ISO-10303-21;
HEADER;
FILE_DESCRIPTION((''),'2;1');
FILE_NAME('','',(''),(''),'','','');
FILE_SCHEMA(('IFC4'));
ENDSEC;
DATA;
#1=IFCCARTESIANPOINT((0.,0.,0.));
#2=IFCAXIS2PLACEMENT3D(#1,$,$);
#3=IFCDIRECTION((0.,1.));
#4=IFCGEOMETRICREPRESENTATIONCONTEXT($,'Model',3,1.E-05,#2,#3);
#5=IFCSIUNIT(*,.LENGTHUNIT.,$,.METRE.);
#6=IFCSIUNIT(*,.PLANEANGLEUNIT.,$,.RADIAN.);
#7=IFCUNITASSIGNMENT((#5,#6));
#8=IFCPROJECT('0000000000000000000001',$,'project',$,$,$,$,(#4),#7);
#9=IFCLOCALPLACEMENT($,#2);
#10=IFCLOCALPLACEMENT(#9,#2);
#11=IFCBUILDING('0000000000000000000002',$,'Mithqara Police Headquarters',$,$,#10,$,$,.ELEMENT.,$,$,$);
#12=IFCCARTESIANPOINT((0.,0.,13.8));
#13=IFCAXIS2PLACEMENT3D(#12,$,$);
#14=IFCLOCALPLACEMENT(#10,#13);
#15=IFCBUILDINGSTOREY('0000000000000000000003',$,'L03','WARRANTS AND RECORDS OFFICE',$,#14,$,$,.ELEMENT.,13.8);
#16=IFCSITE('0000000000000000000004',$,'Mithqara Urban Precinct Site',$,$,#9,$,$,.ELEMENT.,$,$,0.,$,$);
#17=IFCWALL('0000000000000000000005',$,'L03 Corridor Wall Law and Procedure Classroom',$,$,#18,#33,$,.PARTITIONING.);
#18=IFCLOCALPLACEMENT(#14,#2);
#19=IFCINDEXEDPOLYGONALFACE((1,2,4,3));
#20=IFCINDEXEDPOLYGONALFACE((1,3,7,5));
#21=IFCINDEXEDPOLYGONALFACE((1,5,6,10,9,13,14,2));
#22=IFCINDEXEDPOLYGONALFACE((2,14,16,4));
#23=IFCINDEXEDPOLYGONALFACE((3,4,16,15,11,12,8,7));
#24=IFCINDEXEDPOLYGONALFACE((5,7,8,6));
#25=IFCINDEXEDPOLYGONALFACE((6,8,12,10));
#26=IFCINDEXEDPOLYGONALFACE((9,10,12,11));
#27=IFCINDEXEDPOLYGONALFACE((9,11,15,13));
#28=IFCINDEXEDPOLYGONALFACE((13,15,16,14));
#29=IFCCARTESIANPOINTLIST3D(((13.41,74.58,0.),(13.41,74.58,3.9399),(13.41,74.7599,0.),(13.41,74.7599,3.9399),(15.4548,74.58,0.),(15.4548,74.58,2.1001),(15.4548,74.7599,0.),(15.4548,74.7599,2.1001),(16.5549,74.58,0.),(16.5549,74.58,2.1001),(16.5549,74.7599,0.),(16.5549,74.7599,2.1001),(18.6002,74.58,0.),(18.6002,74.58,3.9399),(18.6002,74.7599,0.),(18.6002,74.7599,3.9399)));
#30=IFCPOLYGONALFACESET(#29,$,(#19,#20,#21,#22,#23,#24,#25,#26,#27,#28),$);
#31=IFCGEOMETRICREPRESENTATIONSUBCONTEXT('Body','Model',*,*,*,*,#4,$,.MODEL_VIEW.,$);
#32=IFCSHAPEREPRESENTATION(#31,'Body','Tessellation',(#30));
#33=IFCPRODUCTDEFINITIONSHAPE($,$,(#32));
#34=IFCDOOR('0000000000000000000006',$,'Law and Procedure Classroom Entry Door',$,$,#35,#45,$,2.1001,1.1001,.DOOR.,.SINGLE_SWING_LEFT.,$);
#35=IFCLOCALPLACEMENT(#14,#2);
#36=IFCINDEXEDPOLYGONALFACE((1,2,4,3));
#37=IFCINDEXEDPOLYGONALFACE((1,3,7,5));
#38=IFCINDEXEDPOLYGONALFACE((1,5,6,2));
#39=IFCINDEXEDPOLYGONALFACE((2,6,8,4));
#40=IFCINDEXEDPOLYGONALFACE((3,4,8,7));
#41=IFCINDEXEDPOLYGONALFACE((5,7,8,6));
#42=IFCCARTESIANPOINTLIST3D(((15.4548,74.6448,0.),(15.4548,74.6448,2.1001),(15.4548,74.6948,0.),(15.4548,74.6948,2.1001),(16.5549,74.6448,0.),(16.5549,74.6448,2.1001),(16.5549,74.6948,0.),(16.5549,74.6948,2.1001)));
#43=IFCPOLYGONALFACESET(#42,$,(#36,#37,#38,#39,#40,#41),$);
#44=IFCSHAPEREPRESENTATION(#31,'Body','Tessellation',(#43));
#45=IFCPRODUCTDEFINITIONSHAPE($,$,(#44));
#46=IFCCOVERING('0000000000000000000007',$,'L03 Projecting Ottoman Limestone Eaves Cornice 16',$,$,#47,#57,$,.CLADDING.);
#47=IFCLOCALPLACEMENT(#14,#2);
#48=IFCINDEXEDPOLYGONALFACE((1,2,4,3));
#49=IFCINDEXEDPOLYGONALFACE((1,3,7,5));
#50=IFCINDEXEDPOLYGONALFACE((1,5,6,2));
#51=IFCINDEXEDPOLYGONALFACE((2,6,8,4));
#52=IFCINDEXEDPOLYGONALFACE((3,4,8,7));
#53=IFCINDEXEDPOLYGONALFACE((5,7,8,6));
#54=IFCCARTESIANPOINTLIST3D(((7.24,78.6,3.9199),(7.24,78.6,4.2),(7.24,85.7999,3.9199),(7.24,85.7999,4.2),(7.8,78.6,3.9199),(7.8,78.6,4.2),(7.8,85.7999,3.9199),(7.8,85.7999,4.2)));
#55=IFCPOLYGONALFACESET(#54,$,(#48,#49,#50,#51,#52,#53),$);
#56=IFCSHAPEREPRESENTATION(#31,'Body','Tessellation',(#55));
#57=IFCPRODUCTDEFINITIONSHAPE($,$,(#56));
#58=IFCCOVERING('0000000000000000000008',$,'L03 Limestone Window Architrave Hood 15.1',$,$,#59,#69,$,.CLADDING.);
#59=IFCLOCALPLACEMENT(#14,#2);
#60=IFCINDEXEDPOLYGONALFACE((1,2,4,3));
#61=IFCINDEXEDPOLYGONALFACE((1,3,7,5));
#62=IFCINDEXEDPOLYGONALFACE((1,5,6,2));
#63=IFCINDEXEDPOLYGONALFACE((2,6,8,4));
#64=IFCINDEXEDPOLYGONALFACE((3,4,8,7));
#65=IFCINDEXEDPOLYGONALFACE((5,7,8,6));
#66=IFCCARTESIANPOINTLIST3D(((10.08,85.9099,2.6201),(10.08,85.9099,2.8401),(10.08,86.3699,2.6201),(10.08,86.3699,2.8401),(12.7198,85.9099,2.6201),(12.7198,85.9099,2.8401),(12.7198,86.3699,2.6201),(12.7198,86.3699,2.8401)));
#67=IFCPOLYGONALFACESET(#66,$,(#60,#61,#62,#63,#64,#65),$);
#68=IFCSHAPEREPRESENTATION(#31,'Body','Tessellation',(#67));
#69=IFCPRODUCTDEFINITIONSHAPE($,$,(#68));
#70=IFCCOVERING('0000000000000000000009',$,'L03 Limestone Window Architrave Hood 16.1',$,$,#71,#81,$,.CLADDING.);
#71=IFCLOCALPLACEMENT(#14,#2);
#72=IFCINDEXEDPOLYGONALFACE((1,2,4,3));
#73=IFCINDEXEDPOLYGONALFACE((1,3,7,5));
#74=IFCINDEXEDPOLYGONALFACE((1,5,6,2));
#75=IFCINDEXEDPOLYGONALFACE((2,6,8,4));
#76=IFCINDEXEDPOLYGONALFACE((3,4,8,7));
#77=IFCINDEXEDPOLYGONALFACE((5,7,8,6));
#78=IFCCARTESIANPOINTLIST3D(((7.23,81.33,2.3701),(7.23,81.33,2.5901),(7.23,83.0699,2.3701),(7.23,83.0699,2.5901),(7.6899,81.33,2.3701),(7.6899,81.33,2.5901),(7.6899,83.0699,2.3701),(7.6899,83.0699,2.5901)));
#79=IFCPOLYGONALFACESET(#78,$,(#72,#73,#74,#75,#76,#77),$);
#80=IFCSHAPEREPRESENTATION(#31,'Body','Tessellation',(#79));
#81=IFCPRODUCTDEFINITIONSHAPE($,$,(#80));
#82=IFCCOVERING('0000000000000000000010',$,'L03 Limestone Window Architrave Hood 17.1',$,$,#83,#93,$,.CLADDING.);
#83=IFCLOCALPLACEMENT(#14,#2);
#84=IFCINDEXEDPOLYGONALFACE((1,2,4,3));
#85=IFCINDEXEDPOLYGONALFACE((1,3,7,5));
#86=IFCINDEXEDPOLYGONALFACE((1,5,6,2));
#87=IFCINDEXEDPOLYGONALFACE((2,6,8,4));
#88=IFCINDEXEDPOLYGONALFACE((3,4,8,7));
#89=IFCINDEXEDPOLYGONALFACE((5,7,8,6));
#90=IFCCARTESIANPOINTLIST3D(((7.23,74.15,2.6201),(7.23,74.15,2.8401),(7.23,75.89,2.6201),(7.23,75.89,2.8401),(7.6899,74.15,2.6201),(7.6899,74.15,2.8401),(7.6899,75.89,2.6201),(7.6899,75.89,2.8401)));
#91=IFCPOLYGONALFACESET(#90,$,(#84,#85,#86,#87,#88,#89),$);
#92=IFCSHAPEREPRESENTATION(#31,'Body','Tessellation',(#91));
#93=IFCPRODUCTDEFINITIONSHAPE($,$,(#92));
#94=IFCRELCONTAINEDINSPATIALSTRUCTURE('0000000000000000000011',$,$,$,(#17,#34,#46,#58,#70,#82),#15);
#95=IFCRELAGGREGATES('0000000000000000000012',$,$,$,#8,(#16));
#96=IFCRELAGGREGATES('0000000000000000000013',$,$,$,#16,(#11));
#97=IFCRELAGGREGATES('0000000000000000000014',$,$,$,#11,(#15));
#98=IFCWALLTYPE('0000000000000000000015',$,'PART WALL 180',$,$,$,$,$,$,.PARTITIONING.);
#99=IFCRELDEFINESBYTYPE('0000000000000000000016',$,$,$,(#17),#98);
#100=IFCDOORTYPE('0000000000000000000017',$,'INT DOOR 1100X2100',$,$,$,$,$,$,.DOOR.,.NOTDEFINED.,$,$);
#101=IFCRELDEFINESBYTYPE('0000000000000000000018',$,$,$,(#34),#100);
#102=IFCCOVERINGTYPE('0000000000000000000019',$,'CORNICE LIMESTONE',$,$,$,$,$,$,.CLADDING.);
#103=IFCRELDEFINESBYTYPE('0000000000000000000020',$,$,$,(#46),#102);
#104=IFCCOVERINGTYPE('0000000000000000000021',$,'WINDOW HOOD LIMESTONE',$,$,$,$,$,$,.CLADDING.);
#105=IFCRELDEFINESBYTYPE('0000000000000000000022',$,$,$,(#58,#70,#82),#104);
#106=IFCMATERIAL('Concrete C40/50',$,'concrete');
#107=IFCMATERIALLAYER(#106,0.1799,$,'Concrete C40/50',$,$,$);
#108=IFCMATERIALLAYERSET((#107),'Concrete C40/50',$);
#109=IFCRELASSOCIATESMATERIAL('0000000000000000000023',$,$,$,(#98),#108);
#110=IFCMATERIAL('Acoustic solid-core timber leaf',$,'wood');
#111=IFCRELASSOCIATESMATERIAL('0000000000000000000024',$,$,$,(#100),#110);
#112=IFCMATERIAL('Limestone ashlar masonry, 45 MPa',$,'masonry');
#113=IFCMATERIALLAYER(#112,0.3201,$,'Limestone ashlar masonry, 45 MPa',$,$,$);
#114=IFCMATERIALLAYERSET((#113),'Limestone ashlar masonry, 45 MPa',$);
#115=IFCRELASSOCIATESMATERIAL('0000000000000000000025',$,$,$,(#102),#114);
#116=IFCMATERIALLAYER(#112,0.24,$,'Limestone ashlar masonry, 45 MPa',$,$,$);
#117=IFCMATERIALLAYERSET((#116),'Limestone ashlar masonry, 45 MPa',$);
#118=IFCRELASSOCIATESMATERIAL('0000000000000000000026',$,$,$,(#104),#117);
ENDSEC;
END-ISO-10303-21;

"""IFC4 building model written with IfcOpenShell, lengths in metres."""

from ifc_helpers import new_model, si_unit, direction, frame, frame_2d, origin, origin_2d, place, context, subcontext, project, spatial, rectangle, extrude, material, layer, layer_set, type_object, element, fill, save


model = new_model("IFC4")

# Units and contexts
model_context = context("Model", 3, precision=1e-05, world=origin(), true_north=direction((0.0, 1.0)))
body_context = subcontext(model_context, "Body", "Model", "MODEL_VIEW")
ifc_project = project(units=[si_unit("LENGTHUNIT", "METRE"), si_unit("PLANEANGLEUNIT", "RADIAN")], contexts=[model_context])

# Site, building, storey
site_placement = place(None, origin())
site = spatial("IfcSite", under=ifc_project, at=site_placement, Name="Mithqara Urban Precinct Site", CompositionType="ELEMENT", RefElevation=0.0)
building_placement = place(site_placement, origin())
building = spatial("IfcBuilding", under=site, at=building_placement, Name="Mithqara Police Headquarters", CompositionType="ELEMENT")
storey_placement = place(building_placement, frame((0.0, 0.0, 13.8)))
storey = spatial("IfcBuildingStorey", under=building, at=storey_placement, Name="L03", Description="WARRANTS AND RECORDS OFFICE", CompositionType="ELEMENT", Elevation=13.8)

# Shared definitions
ifc_material_1 = material(Name="Concrete C40/50", Category="concrete")

# Shared definitions
ifc_layer_1 = layer(ifc_material_1, 0.1799, Name="Concrete C40/50")
ifc_layer_set_1 = layer_set([ifc_layer_1], Name="Concrete C40/50")
wall_type_1 = type_object("IfcWallType", Name="PART WALL 180", PredefinedType="PARTITIONING", material=ifc_layer_set_1)
ifc_material_2 = material(Name="Acoustic solid-core timber leaf", Category="wood")

# Wall, opening, door
wall_1_placement = place(storey_placement, frame((13.4099, 74.6699, 0.0), z_axis=(0.0, 0.0, 1.0), x_axis=(1.0, 0.0, 0.0)))
wall_1 = element("IfcWall", 1, at=wall_1_placement, inside=storey, type_object=wall_type_1, Name="L03 Corridor Wall Law and Procedure Classroom", PredefinedType="PARTITIONING", context=body_context, shape_type="SweptSolid", body=[
    extrude(rectangle(XDim=5.1902, YDim=0.1799, at=frame_2d((2.5952, 0.0))), origin(), (0.0, 0.0, 1.0), 3.9399),
])
opening_1_placement = place(wall_1_placement, frame((2.0449, 0.0, 0.0)))
opening_1 = element("IfcOpeningElement", 2, at=opening_1_placement, cuts=wall_1, PredefinedType="OPENING", context=body_context, shape_type="SweptSolid", body=[
    extrude(rectangle(XDim=1.1001, YDim=2.1001, at=frame_2d((0.55, 1.05))), frame((0.0, 0.1001, 0.0), z_axis=(0.0, -1.0, 0.0), x_axis=(1.0, 0.0, 0.0)), (0.0, 0.0, 1.0), 0.2),
])
door_type_1 = type_object("IfcDoorType", Name="INT DOOR 1100X2100", OperationType="NOTDEFINED", PredefinedType="DOOR", material=ifc_material_2)
door_1_placement = place(opening_1_placement, origin())
door_1 = element("IfcDoor", 3, at=door_1_placement, inside=storey, type_object=door_type_1, Name="Law and Procedure Classroom Entry Door", OperationType="SINGLE_SWING_LEFT", OverallHeight=2.1001, OverallWidth=1.1001, PredefinedType="DOOR", context=body_context, shape_type="SweptSolid", body=[
    extrude(rectangle(XDim=1.1001, YDim=2.1001, at=frame_2d((0.55, 1.05))), frame((0.0, 0.0249, 0.0), z_axis=(0.0, -1.0, 0.0), x_axis=(1.0, 0.0, 0.0)), (0.0, 0.0, 1.0), 0.05),
])
fill(opening_1, door_1)

# Coverings
ifc_material_3 = material(Name="Limestone ashlar masonry, 45 MPa", Category="masonry")
ifc_layer_2 = layer(ifc_material_3, 0.3201, Name="Limestone ashlar masonry, 45 MPa")
ifc_layer_set_2 = layer_set([ifc_layer_2], Name="Limestone ashlar masonry, 45 MPa")
covering_type_1 = type_object("IfcCoveringType", Name="CORNICE LIMESTONE", PredefinedType="CLADDING", material=ifc_layer_set_2)
covering_1_placement = place(storey_placement, frame((7.52, 82.2, 3.9199), z_axis=(0.0, 0.0, 1.0), x_axis=(0.0, 1.0, 0.0)))
element("IfcCovering", 4, at=covering_1_placement, inside=storey, type_object=covering_type_1, Name="L03 Projecting Ottoman Limestone Eaves Cornice 16", PredefinedType="CLADDING", context=body_context, shape_type="SweptSolid", body=[
    extrude(rectangle(XDim=7.2, YDim=0.5601, at=origin_2d()), origin(), (0.0, 0.0, 1.0), 0.28),
])
ifc_layer_3 = layer(ifc_material_3, 0.24, Name="Limestone ashlar masonry, 45 MPa")
ifc_layer_set_3 = layer_set([ifc_layer_3], Name="Limestone ashlar masonry, 45 MPa")
covering_type_2 = type_object("IfcCoveringType", Name="WINDOW HOOD LIMESTONE", PredefinedType="CLADDING", material=ifc_layer_set_3)
covering_2_placement = place(storey_placement, frame((11.3999, 86.1399, 2.6201), z_axis=(0.0, 0.0, 1.0), x_axis=(1.0, 0.0, 0.0)))
element("IfcCovering", 5, at=covering_2_placement, inside=storey, type_object=covering_type_2, Name="L03 Limestone Window Architrave Hood 15.1", PredefinedType="CLADDING", context=body_context, shape_type="SweptSolid", body=[
    extrude(rectangle(XDim=2.6399, YDim=0.46, at=origin_2d()), origin(), (0.0, 0.0, 1.0), 0.22),
])
for number, where, z_axis, x_axis, name in (
    (6, (7.46, 82.2, 2.3701), (0.0, 0.0, 1.0), (0.0, 1.0, 0.0), "L03 Limestone Window Architrave Hood 16.1"),
    (7, (7.46, 75.02, 2.6201), (0.0, 0.0, 1.0), (0.0, 1.0, 0.0), "L03 Limestone Window Architrave Hood 17.1"),
):
    element("IfcCovering", number, at=place(storey_placement, frame(where, z_axis=z_axis, x_axis=x_axis)), inside=storey, type_object=covering_type_2, Name=name, PredefinedType="CLADDING", context=body_context, shape_type="SweptSolid", body=[
        extrude(rectangle(XDim=1.74, YDim=0.46, at=origin_2d()), origin(), (0.0, 0.0, 1.0), 0.22),
    ])

save(model, "model.ifc")
